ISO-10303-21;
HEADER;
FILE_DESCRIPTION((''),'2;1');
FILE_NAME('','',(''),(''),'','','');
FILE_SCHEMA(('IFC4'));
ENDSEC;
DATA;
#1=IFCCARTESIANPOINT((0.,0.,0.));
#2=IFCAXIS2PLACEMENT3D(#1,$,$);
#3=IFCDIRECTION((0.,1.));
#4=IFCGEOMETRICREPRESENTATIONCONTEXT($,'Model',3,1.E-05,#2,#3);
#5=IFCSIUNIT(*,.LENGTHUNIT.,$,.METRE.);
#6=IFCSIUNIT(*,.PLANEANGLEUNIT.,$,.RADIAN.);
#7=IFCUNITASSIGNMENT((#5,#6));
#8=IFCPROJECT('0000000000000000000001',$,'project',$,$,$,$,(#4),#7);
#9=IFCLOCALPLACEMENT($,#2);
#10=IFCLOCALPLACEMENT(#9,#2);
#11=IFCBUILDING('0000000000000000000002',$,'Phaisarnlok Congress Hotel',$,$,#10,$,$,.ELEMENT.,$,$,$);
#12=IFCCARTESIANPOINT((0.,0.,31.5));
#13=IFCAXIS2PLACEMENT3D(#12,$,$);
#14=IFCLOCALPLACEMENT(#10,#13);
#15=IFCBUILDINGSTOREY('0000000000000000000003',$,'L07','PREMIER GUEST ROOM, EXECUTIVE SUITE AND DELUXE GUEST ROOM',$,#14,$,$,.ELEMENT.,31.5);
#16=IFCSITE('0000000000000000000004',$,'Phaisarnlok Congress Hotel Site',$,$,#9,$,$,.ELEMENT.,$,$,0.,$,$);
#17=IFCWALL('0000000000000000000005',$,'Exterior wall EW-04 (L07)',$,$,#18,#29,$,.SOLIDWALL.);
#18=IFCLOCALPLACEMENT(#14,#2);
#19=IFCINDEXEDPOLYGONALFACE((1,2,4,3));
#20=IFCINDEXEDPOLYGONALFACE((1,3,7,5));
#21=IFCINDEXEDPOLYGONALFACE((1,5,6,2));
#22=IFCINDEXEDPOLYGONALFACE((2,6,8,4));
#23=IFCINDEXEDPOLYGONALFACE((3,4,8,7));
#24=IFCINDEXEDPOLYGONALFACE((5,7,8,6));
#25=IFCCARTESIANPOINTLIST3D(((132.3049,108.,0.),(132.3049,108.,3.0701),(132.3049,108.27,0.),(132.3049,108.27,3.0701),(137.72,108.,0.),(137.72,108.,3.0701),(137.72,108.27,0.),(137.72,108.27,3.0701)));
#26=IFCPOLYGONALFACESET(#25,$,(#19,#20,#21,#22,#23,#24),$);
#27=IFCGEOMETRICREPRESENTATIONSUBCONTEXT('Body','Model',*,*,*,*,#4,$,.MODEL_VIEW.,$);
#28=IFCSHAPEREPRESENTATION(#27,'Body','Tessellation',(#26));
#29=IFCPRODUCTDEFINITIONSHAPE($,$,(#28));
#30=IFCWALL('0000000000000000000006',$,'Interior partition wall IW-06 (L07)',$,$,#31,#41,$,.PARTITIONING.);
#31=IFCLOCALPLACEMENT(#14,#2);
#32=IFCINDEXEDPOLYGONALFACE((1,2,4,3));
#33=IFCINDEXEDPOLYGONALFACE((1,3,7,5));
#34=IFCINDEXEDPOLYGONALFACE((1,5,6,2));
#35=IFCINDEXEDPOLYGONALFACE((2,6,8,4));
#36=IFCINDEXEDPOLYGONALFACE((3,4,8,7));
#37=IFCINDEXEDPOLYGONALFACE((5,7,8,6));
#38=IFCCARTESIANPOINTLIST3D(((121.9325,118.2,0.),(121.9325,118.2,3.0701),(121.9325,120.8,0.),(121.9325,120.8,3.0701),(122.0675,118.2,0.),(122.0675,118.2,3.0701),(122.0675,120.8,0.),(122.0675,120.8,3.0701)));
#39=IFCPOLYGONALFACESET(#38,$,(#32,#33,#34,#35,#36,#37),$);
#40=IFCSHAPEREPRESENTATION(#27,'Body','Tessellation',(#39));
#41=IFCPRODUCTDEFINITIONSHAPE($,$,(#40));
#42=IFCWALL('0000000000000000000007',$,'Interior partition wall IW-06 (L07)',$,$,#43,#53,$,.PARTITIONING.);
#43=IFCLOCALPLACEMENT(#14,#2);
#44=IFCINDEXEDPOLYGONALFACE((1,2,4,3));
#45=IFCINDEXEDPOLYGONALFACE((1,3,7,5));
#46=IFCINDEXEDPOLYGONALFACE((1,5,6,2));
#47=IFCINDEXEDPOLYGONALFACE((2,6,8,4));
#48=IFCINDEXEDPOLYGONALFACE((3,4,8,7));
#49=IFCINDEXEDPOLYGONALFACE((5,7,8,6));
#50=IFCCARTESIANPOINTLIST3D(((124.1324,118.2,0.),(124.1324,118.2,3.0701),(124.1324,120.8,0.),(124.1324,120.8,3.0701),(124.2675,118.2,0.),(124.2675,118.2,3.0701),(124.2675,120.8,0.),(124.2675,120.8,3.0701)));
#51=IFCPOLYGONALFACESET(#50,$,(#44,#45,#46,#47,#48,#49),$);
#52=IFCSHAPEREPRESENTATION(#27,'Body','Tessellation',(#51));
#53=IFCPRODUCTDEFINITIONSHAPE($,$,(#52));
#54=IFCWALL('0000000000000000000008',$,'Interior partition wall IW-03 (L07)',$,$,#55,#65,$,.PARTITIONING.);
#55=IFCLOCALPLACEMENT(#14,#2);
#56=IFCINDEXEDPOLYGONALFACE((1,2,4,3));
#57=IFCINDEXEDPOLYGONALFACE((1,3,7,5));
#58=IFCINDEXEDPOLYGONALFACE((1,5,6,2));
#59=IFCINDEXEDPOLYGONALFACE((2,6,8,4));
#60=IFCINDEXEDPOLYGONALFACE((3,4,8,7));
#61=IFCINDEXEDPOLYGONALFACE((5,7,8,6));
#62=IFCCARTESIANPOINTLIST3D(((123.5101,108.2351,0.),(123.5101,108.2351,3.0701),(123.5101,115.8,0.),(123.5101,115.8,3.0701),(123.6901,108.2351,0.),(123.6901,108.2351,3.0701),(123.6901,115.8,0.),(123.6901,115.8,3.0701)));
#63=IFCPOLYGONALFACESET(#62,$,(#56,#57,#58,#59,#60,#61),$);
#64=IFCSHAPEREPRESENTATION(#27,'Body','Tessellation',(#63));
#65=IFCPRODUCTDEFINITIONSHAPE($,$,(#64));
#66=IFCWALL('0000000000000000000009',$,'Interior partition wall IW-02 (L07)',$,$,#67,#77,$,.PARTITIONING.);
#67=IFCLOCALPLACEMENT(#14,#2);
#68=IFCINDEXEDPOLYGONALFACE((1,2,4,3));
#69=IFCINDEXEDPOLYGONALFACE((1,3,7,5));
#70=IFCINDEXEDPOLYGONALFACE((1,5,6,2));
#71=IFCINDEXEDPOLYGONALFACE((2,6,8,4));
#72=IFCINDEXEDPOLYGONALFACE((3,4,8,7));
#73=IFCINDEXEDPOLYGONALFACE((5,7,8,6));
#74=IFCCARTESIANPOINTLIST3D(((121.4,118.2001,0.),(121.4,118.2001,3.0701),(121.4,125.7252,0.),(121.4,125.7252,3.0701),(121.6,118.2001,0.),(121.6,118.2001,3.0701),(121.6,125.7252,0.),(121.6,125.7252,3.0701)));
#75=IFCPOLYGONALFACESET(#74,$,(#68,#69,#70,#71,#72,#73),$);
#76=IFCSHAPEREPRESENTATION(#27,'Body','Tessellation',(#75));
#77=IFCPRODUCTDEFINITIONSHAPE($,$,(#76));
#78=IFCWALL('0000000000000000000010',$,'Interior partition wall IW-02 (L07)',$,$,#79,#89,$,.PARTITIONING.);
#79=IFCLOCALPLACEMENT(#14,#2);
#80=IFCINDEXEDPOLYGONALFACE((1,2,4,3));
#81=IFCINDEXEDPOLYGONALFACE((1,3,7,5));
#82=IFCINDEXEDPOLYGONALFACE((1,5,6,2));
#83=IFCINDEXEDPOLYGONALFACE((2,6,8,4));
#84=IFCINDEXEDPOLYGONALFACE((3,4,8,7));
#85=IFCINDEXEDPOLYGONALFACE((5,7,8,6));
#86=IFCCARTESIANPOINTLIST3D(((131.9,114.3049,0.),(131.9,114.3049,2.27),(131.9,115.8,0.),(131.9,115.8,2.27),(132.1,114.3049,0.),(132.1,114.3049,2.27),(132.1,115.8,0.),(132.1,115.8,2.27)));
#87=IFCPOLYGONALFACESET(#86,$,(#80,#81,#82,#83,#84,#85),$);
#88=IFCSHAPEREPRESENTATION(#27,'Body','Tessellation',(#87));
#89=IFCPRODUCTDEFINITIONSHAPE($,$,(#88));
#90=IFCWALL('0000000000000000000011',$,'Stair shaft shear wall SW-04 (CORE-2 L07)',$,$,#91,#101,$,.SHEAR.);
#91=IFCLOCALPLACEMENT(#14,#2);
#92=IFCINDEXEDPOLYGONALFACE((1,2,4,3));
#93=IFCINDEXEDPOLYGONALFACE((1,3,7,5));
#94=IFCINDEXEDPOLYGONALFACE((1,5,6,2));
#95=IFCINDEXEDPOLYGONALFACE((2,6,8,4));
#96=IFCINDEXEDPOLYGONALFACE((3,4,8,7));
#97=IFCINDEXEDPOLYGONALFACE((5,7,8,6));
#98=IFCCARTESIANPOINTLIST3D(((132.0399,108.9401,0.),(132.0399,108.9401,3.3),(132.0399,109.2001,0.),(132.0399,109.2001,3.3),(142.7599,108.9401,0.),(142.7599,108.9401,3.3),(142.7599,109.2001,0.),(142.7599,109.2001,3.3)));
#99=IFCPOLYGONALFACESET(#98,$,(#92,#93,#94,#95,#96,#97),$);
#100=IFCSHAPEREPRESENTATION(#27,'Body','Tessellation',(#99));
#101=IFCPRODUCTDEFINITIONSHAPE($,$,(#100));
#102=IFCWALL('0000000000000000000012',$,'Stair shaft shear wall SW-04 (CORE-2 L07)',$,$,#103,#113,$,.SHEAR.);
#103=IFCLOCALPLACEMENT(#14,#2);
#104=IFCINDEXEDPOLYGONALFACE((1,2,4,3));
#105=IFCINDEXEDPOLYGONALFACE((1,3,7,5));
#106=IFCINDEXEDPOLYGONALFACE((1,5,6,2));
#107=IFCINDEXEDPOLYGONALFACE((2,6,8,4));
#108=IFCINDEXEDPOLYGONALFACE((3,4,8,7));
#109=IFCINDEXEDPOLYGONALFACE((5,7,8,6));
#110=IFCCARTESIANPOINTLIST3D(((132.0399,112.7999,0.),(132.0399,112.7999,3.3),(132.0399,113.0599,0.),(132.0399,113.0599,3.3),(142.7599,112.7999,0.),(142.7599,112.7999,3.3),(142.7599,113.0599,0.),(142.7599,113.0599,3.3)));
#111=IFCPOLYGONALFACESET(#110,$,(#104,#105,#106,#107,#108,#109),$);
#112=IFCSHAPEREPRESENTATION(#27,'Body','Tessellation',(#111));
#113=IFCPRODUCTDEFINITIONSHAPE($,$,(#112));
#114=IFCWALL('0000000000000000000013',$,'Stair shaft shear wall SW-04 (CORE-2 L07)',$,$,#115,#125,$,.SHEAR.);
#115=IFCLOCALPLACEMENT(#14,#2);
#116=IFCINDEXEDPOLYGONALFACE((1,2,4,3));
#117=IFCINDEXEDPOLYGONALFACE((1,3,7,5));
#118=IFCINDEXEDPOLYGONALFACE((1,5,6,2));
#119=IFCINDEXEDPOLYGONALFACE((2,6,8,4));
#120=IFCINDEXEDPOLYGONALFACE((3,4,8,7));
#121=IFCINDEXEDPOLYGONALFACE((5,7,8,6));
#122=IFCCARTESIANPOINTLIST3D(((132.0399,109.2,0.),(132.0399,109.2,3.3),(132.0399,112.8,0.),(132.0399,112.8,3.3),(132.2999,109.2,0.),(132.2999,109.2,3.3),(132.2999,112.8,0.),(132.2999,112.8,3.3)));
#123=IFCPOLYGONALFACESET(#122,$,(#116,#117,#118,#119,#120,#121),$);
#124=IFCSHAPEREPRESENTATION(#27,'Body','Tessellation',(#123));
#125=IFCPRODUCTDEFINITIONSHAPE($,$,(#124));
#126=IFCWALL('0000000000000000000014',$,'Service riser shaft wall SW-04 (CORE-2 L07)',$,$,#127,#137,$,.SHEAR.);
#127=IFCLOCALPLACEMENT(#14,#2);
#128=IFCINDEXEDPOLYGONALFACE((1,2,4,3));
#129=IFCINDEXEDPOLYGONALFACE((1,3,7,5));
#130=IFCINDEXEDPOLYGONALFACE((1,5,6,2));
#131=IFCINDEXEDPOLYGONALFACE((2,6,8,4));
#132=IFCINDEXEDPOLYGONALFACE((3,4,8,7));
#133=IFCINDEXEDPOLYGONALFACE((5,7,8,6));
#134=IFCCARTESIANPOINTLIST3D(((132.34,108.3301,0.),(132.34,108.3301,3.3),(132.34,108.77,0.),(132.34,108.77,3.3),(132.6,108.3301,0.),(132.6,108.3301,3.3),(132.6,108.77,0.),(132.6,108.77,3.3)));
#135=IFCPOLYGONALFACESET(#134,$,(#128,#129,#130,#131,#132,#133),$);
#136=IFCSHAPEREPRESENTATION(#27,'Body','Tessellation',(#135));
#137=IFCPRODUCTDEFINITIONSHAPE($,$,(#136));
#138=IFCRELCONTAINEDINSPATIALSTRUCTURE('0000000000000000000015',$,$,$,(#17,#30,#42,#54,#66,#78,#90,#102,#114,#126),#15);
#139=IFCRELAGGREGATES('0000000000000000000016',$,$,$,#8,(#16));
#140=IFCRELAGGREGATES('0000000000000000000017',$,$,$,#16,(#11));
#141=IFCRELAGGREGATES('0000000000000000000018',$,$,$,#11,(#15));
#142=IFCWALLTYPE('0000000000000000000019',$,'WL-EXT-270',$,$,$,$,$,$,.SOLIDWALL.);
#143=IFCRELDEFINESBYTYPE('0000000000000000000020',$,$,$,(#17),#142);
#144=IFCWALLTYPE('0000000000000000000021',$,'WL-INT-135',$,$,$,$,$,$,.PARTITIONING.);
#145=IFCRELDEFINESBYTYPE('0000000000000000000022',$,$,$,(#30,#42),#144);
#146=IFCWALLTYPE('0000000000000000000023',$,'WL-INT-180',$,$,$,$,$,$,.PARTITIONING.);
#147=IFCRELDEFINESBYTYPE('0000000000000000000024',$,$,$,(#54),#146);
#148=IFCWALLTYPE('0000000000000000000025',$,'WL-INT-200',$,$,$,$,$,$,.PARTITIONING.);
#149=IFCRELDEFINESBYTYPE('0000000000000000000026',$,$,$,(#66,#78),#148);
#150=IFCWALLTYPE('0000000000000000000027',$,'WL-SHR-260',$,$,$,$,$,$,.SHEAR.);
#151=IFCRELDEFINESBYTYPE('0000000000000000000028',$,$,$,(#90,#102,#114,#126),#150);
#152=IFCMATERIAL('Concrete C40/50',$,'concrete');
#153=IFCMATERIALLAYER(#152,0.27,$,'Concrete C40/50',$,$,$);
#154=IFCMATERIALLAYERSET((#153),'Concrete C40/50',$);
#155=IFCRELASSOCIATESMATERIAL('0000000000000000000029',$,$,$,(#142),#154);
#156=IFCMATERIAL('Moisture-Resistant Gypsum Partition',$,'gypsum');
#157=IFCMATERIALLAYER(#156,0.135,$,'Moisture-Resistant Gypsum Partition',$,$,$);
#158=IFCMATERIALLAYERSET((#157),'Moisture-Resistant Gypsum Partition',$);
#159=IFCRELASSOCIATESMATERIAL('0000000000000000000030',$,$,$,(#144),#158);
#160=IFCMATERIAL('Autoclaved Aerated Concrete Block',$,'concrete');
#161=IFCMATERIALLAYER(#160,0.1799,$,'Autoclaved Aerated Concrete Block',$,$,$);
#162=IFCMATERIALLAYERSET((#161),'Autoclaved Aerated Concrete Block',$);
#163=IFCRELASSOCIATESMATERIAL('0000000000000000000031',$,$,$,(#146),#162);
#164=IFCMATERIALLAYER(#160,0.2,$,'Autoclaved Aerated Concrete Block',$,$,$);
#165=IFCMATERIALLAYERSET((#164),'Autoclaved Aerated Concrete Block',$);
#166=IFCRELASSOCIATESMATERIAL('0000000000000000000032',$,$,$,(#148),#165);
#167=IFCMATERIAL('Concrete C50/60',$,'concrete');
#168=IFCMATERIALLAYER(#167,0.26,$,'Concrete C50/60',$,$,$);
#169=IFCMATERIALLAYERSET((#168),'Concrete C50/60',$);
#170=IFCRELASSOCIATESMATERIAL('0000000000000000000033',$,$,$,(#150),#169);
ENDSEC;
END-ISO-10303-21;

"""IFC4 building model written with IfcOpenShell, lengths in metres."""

from ifc_helpers import new_model, si_unit, direction, frame, frame_2d, origin, place, context, subcontext, project, spatial, rectangle, extrude, material, layer, layer_set, type_object, element, save


model = new_model("IFC4")

# Units and contexts
model_context = context("Model", 3, precision=1e-05, world=origin(), true_north=direction((0.0, 1.0)))
body_context = subcontext(model_context, "Body", "Model", "MODEL_VIEW")
ifc_project = project(units=[si_unit("LENGTHUNIT", "METRE"), si_unit("PLANEANGLEUNIT", "RADIAN")], contexts=[model_context])

# Site, building, storey
site_placement = place(None, origin())
site = spatial("IfcSite", under=ifc_project, at=site_placement, Name="Phaisarnlok Congress Hotel Site", CompositionType="ELEMENT", RefElevation=0.0)
building_placement = place(site_placement, origin())
building = spatial("IfcBuilding", under=site, at=building_placement, Name="Phaisarnlok Congress Hotel", CompositionType="ELEMENT")
storey_placement = place(building_placement, frame((0.0, 0.0, 31.5)))
storey = spatial("IfcBuildingStorey", under=building, at=storey_placement, Name="L07", Description="PREMIER GUEST ROOM, EXECUTIVE SUITE AND DELUXE GUEST ROOM", CompositionType="ELEMENT", Elevation=31.5)

# Shared definitions
ifc_material_1 = material(Name="Concrete C50/60", Category="concrete")

# Shared definitions
ifc_material_2 = material(Name="Concrete C40/50", Category="concrete")

# Walls
ifc_layer_1 = layer(ifc_material_2, 0.27, Name="Concrete C40/50")
ifc_layer_set_1 = layer_set([ifc_layer_1], Name="Concrete C40/50")
wall_type_1 = type_object("IfcWallType", Name="WL-EXT-270", PredefinedType="SOLIDWALL", material=ifc_layer_set_1)
wall_1_placement = place(storey_placement, frame((132.3049, 108.135, 0.0), z_axis=(0.0, 0.0, 1.0), x_axis=(1.0, 0.0, 0.0)))
element("IfcWall", 1, at=wall_1_placement, inside=storey, type_object=wall_type_1, Name="Exterior wall EW-04 (L07)", PredefinedType="SOLIDWALL", context=body_context, shape_type="SweptSolid", body=[
    extrude(rectangle(XDim=5.415, YDim=0.27, at=frame_2d((2.7075, 0.0))), origin(), (0.0, 0.0, 1.0), 3.0701),
])
ifc_material_3 = material(Name="Moisture-Resistant Gypsum Partition", Category="gypsum")
ifc_layer_2 = layer(ifc_material_3, 0.135, Name="Moisture-Resistant Gypsum Partition")
ifc_layer_set_2 = layer_set([ifc_layer_2], Name="Moisture-Resistant Gypsum Partition")
wall_type_2 = type_object("IfcWallType", Name="WL-INT-135", PredefinedType="PARTITIONING", material=ifc_layer_set_2)
for number, where, z_axis, x_axis, name in (
    (2, (122.0, 118.2, 0.0), (0.0, 0.0, 1.0), (0.0, 1.0, 0.0), "Interior partition wall IW-06 (L07)"),
    (3, (124.2, 118.2, 0.0), (0.0, 0.0, 1.0), (0.0, 1.0, 0.0), "Interior partition wall IW-06 (L07)"),
):
    element("IfcWall", number, at=place(storey_placement, frame(where, z_axis=z_axis, x_axis=x_axis)), inside=storey, type_object=wall_type_2, Name=name, PredefinedType="PARTITIONING", context=body_context, shape_type="SweptSolid", body=[
        extrude(rectangle(XDim=2.6001, YDim=0.135, at=frame_2d((1.3, 0.0))), origin(), (0.0, 0.0, 1.0), 3.0701),
    ])
ifc_material_4 = material(Name="Autoclaved Aerated Concrete Block", Category="concrete")
ifc_layer_3 = layer(ifc_material_4, 0.1799, Name="Autoclaved Aerated Concrete Block")
ifc_layer_set_3 = layer_set([ifc_layer_3], Name="Autoclaved Aerated Concrete Block")
wall_type_3 = type_object("IfcWallType", Name="WL-INT-180", PredefinedType="PARTITIONING", material=ifc_layer_set_3)
wall_2_placement = place(storey_placement, frame((123.6001, 108.2351, 0.0), z_axis=(0.0, 0.0, 1.0), x_axis=(0.0, 1.0, 0.0)))
element("IfcWall", 4, at=wall_2_placement, inside=storey, type_object=wall_type_3, Name="Interior partition wall IW-03 (L07)", PredefinedType="PARTITIONING", context=body_context, shape_type="SweptSolid", body=[
    extrude(rectangle(XDim=7.5649, YDim=0.1799, at=frame_2d((3.7825, 0.0))), origin(), (0.0, 0.0, 1.0), 3.0701),
])
ifc_layer_4 = layer(ifc_material_4, 0.2, Name="Autoclaved Aerated Concrete Block")
ifc_layer_set_4 = layer_set([ifc_layer_4], Name="Autoclaved Aerated Concrete Block")
wall_type_4 = type_object("IfcWallType", Name="WL-INT-200", PredefinedType="PARTITIONING", material=ifc_layer_set_4)
wall_3_placement = place(storey_placement, frame((121.5, 118.2, 0.0), z_axis=(0.0, 0.0, 1.0), x_axis=(0.0, 1.0, 0.0)))
element("IfcWall", 5, at=wall_3_placement, inside=storey, type_object=wall_type_4, Name="Interior partition wall IW-02 (L07)", PredefinedType="PARTITIONING", context=body_context, shape_type="SweptSolid", body=[
    extrude(rectangle(XDim=7.5251, YDim=0.2, at=frame_2d((3.7627, 0.0))), origin(), (0.0, 0.0, 1.0), 3.0701),
])
wall_4_placement = place(storey_placement, frame((132.0, 114.3049, 0.0), z_axis=(0.0, 0.0, 1.0), x_axis=(0.0, 1.0, 0.0)))
element("IfcWall", 6, at=wall_4_placement, inside=storey, type_object=wall_type_4, Name="Interior partition wall IW-02 (L07)", PredefinedType="PARTITIONING", context=body_context, shape_type="SweptSolid", body=[
    extrude(rectangle(XDim=1.4951, YDim=0.2, at=frame_2d((0.7476, 0.0))), origin(), (0.0, 0.0, 1.0), 2.27),
])
ifc_layer_5 = layer(ifc_material_1, 0.26, Name="Concrete C50/60")
ifc_layer_set_5 = layer_set([ifc_layer_5], Name="Concrete C50/60")
wall_type_5 = type_object("IfcWallType", Name="WL-SHR-260", PredefinedType="SHEAR", material=ifc_layer_set_5)
for number, where, z_axis, x_axis, name in (
    (7, (132.04, 109.0701, 0.0), (0.0, 0.0, 1.0), (1.0, 0.0, 0.0), "Stair shaft shear wall SW-04 (CORE-2 L07)"),
    (8, (132.04, 112.9299, 0.0), (0.0, 0.0, 1.0), (1.0, 0.0, 0.0), "Stair shaft shear wall SW-04 (CORE-2 L07)"),
):
    element("IfcWall", number, at=place(storey_placement, frame(where, z_axis=z_axis, x_axis=x_axis)), inside=storey, type_object=wall_type_5, Name=name, PredefinedType="SHEAR", context=body_context, shape_type="SweptSolid", body=[
        extrude(rectangle(XDim=10.72, YDim=0.26, at=frame_2d((5.3599, 0.0))), origin(), (0.0, 0.0, 1.0), 3.3),
    ])
wall_5_placement = place(storey_placement, frame((132.1699, 109.2, 0.0), z_axis=(0.0, 0.0, 1.0), x_axis=(0.0, 1.0, 0.0)))
element("IfcWall", 9, at=wall_5_placement, inside=storey, type_object=wall_type_5, Name="Stair shaft shear wall SW-04 (CORE-2 L07)", PredefinedType="SHEAR", context=body_context, shape_type="SweptSolid", body=[
    extrude(rectangle(XDim=3.6001, YDim=0.26, at=frame_2d((1.8, 0.0))), origin(), (0.0, 0.0, 1.0), 3.3),
])
wall_6_placement = place(storey_placement, frame((132.47, 108.3301, 0.0), z_axis=(0.0, 0.0, 1.0), x_axis=(0.0, 1.0, 0.0)))
element("IfcWall", 10, at=wall_6_placement, inside=storey, type_object=wall_type_5, Name="Service riser shaft wall SW-04 (CORE-2 L07)", PredefinedType="SHEAR", context=body_context, shape_type="SweptSolid", body=[
    extrude(rectangle(XDim=0.4399, YDim=0.26, at=frame_2d((0.22, 0.0))), origin(), (0.0, 0.0, 1.0), 3.3),
])

save(model, "model.ifc")
